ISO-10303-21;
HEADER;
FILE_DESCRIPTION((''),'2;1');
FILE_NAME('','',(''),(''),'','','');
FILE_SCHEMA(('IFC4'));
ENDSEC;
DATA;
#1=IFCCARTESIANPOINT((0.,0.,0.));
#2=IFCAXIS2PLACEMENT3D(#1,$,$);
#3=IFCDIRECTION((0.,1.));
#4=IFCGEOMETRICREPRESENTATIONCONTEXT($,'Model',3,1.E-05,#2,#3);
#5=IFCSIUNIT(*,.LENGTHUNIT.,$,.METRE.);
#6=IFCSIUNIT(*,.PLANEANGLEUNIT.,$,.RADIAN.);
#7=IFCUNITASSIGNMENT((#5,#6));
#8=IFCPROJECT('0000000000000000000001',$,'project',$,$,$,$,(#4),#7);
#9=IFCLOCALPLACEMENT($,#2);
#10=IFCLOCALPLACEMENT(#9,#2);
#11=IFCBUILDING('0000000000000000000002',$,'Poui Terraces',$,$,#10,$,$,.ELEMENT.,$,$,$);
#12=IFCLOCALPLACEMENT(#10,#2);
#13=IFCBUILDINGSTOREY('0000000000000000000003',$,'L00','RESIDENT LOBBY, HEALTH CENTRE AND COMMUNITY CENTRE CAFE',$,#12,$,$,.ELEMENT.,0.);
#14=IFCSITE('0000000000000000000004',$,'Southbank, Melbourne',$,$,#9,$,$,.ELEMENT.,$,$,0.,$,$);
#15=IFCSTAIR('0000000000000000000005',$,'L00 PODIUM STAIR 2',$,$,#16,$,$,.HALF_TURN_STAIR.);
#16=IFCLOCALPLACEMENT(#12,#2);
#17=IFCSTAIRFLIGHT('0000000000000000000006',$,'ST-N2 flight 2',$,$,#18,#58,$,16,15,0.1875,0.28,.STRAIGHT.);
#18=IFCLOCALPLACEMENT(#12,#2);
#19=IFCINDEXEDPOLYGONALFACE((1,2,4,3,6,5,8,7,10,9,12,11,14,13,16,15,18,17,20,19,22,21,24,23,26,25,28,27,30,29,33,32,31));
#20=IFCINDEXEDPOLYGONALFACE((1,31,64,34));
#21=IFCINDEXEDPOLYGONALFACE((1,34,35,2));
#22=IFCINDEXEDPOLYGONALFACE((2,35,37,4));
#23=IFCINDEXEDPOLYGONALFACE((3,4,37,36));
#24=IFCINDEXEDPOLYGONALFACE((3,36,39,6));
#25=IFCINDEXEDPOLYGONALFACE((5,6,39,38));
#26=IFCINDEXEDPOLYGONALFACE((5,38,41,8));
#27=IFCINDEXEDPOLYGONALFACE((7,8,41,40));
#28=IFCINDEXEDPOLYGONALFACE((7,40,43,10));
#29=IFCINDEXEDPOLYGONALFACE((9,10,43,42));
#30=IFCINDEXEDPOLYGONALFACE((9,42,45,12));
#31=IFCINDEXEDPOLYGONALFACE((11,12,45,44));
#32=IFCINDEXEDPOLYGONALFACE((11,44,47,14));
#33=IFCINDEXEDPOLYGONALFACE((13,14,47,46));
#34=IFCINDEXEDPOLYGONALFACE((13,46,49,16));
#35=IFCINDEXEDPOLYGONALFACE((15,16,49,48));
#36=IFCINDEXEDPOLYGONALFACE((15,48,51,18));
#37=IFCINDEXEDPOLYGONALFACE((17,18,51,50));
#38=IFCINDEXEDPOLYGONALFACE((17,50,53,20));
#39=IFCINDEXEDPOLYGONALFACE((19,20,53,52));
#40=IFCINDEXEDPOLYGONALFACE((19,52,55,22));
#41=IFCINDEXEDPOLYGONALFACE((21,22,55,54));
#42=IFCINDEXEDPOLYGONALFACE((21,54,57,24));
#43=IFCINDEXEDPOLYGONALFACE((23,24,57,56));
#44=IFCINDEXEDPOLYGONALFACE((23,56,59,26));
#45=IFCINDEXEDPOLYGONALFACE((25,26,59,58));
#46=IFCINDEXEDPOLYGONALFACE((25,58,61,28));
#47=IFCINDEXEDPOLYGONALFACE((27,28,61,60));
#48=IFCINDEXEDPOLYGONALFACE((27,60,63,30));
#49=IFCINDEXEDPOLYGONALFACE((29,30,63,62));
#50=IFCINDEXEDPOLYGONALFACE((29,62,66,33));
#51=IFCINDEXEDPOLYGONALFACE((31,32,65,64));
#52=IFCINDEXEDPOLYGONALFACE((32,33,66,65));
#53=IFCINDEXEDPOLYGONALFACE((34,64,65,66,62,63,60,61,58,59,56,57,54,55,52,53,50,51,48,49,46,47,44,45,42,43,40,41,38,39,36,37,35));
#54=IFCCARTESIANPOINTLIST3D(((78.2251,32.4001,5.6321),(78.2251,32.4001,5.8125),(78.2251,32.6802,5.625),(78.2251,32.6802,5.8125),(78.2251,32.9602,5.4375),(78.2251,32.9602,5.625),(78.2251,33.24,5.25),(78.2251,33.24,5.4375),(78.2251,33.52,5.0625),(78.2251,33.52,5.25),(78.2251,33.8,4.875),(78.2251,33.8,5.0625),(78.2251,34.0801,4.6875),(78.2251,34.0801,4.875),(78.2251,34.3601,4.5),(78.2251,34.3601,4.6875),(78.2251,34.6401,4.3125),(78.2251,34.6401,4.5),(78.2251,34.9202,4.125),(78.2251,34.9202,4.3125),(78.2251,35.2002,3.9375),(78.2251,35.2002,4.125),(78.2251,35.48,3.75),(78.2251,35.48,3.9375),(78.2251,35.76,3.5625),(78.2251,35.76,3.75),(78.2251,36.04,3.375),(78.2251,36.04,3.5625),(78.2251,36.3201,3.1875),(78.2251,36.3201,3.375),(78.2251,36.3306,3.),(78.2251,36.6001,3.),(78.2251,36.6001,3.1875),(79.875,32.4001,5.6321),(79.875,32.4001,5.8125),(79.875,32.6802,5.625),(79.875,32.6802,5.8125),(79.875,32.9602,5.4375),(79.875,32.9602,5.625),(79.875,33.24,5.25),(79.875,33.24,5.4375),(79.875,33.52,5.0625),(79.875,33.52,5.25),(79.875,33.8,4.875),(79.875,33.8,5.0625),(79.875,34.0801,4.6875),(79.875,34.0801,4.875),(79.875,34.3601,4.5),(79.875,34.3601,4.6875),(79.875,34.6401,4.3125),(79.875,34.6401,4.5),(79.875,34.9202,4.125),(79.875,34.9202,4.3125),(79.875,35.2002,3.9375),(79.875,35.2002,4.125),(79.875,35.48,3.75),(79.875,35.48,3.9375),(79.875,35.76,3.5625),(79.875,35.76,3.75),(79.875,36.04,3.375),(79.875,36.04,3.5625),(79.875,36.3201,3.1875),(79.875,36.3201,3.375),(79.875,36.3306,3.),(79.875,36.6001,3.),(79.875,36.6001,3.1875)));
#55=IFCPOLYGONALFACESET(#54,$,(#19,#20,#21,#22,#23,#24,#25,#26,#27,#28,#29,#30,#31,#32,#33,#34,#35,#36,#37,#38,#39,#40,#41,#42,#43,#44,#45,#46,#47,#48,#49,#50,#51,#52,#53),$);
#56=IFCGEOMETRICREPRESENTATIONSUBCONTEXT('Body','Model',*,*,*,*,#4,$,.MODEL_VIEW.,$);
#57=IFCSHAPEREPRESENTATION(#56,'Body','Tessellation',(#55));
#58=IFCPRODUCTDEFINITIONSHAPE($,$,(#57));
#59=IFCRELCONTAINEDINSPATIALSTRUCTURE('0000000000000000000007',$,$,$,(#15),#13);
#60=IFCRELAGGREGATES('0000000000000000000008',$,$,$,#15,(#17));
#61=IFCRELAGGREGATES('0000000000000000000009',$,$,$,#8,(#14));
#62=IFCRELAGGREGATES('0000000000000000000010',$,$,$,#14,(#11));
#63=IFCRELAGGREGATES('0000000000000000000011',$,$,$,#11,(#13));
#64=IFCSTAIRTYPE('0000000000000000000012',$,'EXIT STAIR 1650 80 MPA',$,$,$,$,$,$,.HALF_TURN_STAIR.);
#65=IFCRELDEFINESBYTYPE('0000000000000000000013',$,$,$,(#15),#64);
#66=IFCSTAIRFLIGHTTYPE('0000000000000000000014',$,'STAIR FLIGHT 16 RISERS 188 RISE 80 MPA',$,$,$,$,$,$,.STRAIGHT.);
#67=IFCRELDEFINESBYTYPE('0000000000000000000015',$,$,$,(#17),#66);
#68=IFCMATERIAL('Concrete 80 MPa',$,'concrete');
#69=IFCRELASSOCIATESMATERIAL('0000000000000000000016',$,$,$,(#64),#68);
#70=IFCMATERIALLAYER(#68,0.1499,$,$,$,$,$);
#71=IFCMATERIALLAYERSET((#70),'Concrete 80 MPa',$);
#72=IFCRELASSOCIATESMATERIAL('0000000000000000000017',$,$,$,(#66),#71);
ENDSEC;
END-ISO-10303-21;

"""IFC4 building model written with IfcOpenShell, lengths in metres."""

from ifc_helpers import new_model, si_unit, direction, frame, origin, place, context, subcontext, project, spatial, polyline, outline, extrude, material, layer, layer_set, type_object, element, aggregate, save


model = new_model("IFC4")

# Units and contexts
model_context = context("Model", 3, precision=1e-05, world=origin(), true_north=direction((0.0, 1.0)))
body_context = subcontext(model_context, "Body", "Model", "MODEL_VIEW")
ifc_project = project(units=[si_unit("LENGTHUNIT", "METRE"), si_unit("PLANEANGLEUNIT", "RADIAN")], contexts=[model_context])

# Site, building, storey
site_placement = place(None, origin())
site = spatial("IfcSite", under=ifc_project, at=site_placement, Name="Southbank, Melbourne", CompositionType="ELEMENT", RefElevation=0.0)
building_placement = place(site_placement, origin())
building = spatial("IfcBuilding", under=site, at=building_placement, Name="Poui Terraces", CompositionType="ELEMENT")
storey_placement = place(building_placement, origin())
storey = spatial("IfcBuildingStorey", under=building, at=storey_placement, Name="L00", Description="RESIDENT LOBBY, HEALTH CENTRE AND COMMUNITY CENTRE CAFE", CompositionType="ELEMENT", Elevation=0.0)

# Shared definitions
ifc_material_1 = material(Name="Concrete 80 MPa", Category="concrete")

# Stair, stair flight
stair_type = type_object("IfcStairType", Name="EXIT STAIR 1650 80 MPA", PredefinedType="HALF_TURN_STAIR", material=ifc_material_1)
stair_placement = place(storey_placement, origin())
stair = element("IfcStair", 1, at=stair_placement, inside=storey, type_object=stair_type, Name="L00 PODIUM STAIR 2", PredefinedType="HALF_TURN_STAIR")
ifc_layer_1 = layer(ifc_material_1, 0.1499)
ifc_layer_set_1 = layer_set([ifc_layer_1], Name="Concrete 80 MPa")
stair_flight_type = type_object("IfcStairFlightType", Name="STAIR FLIGHT 16 RISERS 188 RISE 80 MPA", PredefinedType="STRAIGHT", material=ifc_layer_set_1)
stair_flight_1_placement = place(storey_placement, frame((79.05, 36.6001, 3.0), z_axis=(0.0, 0.0, 1.0), x_axis=(0.0, -1.0, 0.0)))
stair_flight_1 = element("IfcStairFlight", 2, at=stair_flight_1_placement, type_object=stair_flight_type, Name="ST-N2 flight 2", NumberOfRisers=16, NumberOfTreads=15, PredefinedType="STRAIGHT", RiserHeight=0.1875, TreadLength=0.28, context=body_context, shape_type="SweptSolid", body=[
    extrude(outline(polyline([(0.0, 0.0), (0.0, 0.1875), (0.28, 0.1875), (0.28, 0.375), (0.5601, 0.375), (0.5601, 0.5625), (0.8401, 0.5625), (0.8401, 0.75), (1.1201, 0.75), (1.1201, 0.9375), (1.3999, 0.9375), (1.3999, 1.125), (1.6799, 1.125), (1.6799, 1.3125), (1.96, 1.3125), (1.96, 1.5), (2.24, 1.5), (2.24, 1.6875), (2.52, 1.6875), (2.52, 1.875), (2.8, 1.875), (2.8, 2.0625), (3.0801, 2.0625), (3.0801, 2.25), (3.3601, 2.25), (3.3601, 2.4375), (3.6399, 2.4375), (3.6399, 2.625), (3.9199, 2.625), (3.9199, 2.8125), (4.2, 2.8125), (4.2, 3.0), (4.2, 2.6321), (0.2695, 0.0), (0.0, 0.0)])), frame((0.0, 0.825, 0.0), z_axis=(0.0, -1.0, 0.0), x_axis=(1.0, 0.0, 0.0)), (0.0, 0.0, 1.0), 1.6499),
])
aggregate(stair, [stair_flight_1])

save(model, "model.ifc")
